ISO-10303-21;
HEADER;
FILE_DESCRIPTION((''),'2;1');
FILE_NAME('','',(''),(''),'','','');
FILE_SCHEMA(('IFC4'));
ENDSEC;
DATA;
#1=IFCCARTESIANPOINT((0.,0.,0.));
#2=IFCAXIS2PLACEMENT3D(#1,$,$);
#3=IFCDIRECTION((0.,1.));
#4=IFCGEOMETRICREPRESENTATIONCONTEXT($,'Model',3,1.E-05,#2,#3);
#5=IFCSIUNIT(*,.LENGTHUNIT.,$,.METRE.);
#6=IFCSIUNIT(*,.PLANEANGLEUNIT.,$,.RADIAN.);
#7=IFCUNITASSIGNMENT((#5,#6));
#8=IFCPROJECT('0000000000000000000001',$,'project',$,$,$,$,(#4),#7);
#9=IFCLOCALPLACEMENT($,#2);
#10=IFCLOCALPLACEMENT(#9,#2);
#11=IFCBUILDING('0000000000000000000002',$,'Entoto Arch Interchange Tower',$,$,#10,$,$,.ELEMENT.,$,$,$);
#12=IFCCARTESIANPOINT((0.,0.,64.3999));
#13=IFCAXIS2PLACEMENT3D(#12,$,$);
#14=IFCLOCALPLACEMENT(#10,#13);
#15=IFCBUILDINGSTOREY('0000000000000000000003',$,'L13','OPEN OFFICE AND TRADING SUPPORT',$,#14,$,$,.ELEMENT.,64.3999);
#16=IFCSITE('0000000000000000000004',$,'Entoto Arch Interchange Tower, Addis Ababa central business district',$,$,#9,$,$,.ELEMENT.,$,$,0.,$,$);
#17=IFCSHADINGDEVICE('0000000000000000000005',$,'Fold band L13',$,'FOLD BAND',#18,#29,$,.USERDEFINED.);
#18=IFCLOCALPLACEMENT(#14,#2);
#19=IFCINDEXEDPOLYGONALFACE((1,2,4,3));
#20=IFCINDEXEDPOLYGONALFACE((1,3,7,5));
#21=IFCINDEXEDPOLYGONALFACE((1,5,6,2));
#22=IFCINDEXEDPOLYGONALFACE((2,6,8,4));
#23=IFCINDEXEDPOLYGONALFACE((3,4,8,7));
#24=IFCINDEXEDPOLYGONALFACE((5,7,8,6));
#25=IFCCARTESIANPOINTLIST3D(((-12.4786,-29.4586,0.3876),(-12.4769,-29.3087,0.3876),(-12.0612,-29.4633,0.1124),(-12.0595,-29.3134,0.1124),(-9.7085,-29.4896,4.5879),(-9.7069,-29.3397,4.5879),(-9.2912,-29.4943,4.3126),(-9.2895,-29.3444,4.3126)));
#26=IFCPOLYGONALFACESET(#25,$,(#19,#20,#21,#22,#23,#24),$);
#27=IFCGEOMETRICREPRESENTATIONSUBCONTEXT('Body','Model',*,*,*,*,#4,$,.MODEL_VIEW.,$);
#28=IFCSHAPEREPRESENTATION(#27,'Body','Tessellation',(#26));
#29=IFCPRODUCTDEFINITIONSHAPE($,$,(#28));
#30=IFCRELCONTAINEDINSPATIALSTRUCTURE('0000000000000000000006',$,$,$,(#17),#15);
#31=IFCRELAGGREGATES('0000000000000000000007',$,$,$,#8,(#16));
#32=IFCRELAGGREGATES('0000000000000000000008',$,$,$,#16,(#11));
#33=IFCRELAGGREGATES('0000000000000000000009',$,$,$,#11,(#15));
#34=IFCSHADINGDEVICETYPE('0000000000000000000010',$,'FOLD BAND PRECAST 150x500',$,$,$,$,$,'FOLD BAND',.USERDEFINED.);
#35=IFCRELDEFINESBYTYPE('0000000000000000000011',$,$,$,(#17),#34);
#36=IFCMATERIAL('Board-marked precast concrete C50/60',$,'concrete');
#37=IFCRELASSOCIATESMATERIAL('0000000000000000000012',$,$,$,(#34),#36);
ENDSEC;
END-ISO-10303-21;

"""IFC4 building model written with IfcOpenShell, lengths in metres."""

from ifc_helpers import new_model, si_unit, direction, frame, origin, origin_2d, place, context, subcontext, project, spatial, rectangle, extrude, material, material_profile, profile_set, type_object, element, save


model = new_model("IFC4")

# Units and contexts
model_context = context("Model", 3, precision=1e-05, world=origin(), true_north=direction((0.0, 1.0)))
body_context = subcontext(model_context, "Body", "Model", "MODEL_VIEW")
ifc_project = project(units=[si_unit("LENGTHUNIT", "METRE"), si_unit("PLANEANGLEUNIT", "RADIAN")], contexts=[model_context])

# Site, building, storey
site_placement = place(None, origin())
site = spatial("IfcSite", under=ifc_project, at=site_placement, Name="Entoto Arch Interchange Tower, Addis Ababa central business district", CompositionType="ELEMENT", RefElevation=0.0)
building_placement = place(site_placement, origin())
building = spatial("IfcBuilding", under=site, at=building_placement, Name="Entoto Arch Interchange Tower", CompositionType="ELEMENT")
storey_placement = place(building_placement, frame((0.0, 0.0, 64.3999)))
storey = spatial("IfcBuildingStorey", under=building, at=storey_placement, Name="L13", Description="OPEN OFFICE AND TRADING SUPPORT", CompositionType="ELEMENT", Elevation=64.3999)

# Shared definitions
ifc_material_1 = material(Name="Board-marked precast concrete C50/60", Category="concrete")

# Shading device
ifc_material_profile_1 = material_profile(ifc_material_1, rectangle(XDim=0.1499, YDim=0.5, at=origin_2d()))
ifc_profile_set_1 = profile_set([ifc_material_profile_1], Name="Board-marked precast concrete C50/60")
shading_device_type = type_object("IfcShadingDeviceType", Name="FOLD BAND PRECAST 150x500", ElementType="FOLD BAND", PredefinedType="USERDEFINED", material=ifc_profile_set_1)
shading_device_placement = place(storey_placement, frame((-12.269, -29.386, 0.25), z_axis=(0.55054, -0.006162, 0.834786), x_axis=(0.011193, 0.999937, 0.0)))
element("IfcShadingDevice", 1, at=shading_device_placement, inside=storey, type_object=shading_device_type, Name="Fold band L13", ObjectType="FOLD BAND", PredefinedType="USERDEFINED", context=body_context, shape_type="SweptSolid", body=[
    extrude(rectangle(XDim=0.1499, YDim=0.5, at=origin_2d()), origin(), (0.0, 0.0, 1.0), 5.0315),
])

save(model, "model.ifc")
